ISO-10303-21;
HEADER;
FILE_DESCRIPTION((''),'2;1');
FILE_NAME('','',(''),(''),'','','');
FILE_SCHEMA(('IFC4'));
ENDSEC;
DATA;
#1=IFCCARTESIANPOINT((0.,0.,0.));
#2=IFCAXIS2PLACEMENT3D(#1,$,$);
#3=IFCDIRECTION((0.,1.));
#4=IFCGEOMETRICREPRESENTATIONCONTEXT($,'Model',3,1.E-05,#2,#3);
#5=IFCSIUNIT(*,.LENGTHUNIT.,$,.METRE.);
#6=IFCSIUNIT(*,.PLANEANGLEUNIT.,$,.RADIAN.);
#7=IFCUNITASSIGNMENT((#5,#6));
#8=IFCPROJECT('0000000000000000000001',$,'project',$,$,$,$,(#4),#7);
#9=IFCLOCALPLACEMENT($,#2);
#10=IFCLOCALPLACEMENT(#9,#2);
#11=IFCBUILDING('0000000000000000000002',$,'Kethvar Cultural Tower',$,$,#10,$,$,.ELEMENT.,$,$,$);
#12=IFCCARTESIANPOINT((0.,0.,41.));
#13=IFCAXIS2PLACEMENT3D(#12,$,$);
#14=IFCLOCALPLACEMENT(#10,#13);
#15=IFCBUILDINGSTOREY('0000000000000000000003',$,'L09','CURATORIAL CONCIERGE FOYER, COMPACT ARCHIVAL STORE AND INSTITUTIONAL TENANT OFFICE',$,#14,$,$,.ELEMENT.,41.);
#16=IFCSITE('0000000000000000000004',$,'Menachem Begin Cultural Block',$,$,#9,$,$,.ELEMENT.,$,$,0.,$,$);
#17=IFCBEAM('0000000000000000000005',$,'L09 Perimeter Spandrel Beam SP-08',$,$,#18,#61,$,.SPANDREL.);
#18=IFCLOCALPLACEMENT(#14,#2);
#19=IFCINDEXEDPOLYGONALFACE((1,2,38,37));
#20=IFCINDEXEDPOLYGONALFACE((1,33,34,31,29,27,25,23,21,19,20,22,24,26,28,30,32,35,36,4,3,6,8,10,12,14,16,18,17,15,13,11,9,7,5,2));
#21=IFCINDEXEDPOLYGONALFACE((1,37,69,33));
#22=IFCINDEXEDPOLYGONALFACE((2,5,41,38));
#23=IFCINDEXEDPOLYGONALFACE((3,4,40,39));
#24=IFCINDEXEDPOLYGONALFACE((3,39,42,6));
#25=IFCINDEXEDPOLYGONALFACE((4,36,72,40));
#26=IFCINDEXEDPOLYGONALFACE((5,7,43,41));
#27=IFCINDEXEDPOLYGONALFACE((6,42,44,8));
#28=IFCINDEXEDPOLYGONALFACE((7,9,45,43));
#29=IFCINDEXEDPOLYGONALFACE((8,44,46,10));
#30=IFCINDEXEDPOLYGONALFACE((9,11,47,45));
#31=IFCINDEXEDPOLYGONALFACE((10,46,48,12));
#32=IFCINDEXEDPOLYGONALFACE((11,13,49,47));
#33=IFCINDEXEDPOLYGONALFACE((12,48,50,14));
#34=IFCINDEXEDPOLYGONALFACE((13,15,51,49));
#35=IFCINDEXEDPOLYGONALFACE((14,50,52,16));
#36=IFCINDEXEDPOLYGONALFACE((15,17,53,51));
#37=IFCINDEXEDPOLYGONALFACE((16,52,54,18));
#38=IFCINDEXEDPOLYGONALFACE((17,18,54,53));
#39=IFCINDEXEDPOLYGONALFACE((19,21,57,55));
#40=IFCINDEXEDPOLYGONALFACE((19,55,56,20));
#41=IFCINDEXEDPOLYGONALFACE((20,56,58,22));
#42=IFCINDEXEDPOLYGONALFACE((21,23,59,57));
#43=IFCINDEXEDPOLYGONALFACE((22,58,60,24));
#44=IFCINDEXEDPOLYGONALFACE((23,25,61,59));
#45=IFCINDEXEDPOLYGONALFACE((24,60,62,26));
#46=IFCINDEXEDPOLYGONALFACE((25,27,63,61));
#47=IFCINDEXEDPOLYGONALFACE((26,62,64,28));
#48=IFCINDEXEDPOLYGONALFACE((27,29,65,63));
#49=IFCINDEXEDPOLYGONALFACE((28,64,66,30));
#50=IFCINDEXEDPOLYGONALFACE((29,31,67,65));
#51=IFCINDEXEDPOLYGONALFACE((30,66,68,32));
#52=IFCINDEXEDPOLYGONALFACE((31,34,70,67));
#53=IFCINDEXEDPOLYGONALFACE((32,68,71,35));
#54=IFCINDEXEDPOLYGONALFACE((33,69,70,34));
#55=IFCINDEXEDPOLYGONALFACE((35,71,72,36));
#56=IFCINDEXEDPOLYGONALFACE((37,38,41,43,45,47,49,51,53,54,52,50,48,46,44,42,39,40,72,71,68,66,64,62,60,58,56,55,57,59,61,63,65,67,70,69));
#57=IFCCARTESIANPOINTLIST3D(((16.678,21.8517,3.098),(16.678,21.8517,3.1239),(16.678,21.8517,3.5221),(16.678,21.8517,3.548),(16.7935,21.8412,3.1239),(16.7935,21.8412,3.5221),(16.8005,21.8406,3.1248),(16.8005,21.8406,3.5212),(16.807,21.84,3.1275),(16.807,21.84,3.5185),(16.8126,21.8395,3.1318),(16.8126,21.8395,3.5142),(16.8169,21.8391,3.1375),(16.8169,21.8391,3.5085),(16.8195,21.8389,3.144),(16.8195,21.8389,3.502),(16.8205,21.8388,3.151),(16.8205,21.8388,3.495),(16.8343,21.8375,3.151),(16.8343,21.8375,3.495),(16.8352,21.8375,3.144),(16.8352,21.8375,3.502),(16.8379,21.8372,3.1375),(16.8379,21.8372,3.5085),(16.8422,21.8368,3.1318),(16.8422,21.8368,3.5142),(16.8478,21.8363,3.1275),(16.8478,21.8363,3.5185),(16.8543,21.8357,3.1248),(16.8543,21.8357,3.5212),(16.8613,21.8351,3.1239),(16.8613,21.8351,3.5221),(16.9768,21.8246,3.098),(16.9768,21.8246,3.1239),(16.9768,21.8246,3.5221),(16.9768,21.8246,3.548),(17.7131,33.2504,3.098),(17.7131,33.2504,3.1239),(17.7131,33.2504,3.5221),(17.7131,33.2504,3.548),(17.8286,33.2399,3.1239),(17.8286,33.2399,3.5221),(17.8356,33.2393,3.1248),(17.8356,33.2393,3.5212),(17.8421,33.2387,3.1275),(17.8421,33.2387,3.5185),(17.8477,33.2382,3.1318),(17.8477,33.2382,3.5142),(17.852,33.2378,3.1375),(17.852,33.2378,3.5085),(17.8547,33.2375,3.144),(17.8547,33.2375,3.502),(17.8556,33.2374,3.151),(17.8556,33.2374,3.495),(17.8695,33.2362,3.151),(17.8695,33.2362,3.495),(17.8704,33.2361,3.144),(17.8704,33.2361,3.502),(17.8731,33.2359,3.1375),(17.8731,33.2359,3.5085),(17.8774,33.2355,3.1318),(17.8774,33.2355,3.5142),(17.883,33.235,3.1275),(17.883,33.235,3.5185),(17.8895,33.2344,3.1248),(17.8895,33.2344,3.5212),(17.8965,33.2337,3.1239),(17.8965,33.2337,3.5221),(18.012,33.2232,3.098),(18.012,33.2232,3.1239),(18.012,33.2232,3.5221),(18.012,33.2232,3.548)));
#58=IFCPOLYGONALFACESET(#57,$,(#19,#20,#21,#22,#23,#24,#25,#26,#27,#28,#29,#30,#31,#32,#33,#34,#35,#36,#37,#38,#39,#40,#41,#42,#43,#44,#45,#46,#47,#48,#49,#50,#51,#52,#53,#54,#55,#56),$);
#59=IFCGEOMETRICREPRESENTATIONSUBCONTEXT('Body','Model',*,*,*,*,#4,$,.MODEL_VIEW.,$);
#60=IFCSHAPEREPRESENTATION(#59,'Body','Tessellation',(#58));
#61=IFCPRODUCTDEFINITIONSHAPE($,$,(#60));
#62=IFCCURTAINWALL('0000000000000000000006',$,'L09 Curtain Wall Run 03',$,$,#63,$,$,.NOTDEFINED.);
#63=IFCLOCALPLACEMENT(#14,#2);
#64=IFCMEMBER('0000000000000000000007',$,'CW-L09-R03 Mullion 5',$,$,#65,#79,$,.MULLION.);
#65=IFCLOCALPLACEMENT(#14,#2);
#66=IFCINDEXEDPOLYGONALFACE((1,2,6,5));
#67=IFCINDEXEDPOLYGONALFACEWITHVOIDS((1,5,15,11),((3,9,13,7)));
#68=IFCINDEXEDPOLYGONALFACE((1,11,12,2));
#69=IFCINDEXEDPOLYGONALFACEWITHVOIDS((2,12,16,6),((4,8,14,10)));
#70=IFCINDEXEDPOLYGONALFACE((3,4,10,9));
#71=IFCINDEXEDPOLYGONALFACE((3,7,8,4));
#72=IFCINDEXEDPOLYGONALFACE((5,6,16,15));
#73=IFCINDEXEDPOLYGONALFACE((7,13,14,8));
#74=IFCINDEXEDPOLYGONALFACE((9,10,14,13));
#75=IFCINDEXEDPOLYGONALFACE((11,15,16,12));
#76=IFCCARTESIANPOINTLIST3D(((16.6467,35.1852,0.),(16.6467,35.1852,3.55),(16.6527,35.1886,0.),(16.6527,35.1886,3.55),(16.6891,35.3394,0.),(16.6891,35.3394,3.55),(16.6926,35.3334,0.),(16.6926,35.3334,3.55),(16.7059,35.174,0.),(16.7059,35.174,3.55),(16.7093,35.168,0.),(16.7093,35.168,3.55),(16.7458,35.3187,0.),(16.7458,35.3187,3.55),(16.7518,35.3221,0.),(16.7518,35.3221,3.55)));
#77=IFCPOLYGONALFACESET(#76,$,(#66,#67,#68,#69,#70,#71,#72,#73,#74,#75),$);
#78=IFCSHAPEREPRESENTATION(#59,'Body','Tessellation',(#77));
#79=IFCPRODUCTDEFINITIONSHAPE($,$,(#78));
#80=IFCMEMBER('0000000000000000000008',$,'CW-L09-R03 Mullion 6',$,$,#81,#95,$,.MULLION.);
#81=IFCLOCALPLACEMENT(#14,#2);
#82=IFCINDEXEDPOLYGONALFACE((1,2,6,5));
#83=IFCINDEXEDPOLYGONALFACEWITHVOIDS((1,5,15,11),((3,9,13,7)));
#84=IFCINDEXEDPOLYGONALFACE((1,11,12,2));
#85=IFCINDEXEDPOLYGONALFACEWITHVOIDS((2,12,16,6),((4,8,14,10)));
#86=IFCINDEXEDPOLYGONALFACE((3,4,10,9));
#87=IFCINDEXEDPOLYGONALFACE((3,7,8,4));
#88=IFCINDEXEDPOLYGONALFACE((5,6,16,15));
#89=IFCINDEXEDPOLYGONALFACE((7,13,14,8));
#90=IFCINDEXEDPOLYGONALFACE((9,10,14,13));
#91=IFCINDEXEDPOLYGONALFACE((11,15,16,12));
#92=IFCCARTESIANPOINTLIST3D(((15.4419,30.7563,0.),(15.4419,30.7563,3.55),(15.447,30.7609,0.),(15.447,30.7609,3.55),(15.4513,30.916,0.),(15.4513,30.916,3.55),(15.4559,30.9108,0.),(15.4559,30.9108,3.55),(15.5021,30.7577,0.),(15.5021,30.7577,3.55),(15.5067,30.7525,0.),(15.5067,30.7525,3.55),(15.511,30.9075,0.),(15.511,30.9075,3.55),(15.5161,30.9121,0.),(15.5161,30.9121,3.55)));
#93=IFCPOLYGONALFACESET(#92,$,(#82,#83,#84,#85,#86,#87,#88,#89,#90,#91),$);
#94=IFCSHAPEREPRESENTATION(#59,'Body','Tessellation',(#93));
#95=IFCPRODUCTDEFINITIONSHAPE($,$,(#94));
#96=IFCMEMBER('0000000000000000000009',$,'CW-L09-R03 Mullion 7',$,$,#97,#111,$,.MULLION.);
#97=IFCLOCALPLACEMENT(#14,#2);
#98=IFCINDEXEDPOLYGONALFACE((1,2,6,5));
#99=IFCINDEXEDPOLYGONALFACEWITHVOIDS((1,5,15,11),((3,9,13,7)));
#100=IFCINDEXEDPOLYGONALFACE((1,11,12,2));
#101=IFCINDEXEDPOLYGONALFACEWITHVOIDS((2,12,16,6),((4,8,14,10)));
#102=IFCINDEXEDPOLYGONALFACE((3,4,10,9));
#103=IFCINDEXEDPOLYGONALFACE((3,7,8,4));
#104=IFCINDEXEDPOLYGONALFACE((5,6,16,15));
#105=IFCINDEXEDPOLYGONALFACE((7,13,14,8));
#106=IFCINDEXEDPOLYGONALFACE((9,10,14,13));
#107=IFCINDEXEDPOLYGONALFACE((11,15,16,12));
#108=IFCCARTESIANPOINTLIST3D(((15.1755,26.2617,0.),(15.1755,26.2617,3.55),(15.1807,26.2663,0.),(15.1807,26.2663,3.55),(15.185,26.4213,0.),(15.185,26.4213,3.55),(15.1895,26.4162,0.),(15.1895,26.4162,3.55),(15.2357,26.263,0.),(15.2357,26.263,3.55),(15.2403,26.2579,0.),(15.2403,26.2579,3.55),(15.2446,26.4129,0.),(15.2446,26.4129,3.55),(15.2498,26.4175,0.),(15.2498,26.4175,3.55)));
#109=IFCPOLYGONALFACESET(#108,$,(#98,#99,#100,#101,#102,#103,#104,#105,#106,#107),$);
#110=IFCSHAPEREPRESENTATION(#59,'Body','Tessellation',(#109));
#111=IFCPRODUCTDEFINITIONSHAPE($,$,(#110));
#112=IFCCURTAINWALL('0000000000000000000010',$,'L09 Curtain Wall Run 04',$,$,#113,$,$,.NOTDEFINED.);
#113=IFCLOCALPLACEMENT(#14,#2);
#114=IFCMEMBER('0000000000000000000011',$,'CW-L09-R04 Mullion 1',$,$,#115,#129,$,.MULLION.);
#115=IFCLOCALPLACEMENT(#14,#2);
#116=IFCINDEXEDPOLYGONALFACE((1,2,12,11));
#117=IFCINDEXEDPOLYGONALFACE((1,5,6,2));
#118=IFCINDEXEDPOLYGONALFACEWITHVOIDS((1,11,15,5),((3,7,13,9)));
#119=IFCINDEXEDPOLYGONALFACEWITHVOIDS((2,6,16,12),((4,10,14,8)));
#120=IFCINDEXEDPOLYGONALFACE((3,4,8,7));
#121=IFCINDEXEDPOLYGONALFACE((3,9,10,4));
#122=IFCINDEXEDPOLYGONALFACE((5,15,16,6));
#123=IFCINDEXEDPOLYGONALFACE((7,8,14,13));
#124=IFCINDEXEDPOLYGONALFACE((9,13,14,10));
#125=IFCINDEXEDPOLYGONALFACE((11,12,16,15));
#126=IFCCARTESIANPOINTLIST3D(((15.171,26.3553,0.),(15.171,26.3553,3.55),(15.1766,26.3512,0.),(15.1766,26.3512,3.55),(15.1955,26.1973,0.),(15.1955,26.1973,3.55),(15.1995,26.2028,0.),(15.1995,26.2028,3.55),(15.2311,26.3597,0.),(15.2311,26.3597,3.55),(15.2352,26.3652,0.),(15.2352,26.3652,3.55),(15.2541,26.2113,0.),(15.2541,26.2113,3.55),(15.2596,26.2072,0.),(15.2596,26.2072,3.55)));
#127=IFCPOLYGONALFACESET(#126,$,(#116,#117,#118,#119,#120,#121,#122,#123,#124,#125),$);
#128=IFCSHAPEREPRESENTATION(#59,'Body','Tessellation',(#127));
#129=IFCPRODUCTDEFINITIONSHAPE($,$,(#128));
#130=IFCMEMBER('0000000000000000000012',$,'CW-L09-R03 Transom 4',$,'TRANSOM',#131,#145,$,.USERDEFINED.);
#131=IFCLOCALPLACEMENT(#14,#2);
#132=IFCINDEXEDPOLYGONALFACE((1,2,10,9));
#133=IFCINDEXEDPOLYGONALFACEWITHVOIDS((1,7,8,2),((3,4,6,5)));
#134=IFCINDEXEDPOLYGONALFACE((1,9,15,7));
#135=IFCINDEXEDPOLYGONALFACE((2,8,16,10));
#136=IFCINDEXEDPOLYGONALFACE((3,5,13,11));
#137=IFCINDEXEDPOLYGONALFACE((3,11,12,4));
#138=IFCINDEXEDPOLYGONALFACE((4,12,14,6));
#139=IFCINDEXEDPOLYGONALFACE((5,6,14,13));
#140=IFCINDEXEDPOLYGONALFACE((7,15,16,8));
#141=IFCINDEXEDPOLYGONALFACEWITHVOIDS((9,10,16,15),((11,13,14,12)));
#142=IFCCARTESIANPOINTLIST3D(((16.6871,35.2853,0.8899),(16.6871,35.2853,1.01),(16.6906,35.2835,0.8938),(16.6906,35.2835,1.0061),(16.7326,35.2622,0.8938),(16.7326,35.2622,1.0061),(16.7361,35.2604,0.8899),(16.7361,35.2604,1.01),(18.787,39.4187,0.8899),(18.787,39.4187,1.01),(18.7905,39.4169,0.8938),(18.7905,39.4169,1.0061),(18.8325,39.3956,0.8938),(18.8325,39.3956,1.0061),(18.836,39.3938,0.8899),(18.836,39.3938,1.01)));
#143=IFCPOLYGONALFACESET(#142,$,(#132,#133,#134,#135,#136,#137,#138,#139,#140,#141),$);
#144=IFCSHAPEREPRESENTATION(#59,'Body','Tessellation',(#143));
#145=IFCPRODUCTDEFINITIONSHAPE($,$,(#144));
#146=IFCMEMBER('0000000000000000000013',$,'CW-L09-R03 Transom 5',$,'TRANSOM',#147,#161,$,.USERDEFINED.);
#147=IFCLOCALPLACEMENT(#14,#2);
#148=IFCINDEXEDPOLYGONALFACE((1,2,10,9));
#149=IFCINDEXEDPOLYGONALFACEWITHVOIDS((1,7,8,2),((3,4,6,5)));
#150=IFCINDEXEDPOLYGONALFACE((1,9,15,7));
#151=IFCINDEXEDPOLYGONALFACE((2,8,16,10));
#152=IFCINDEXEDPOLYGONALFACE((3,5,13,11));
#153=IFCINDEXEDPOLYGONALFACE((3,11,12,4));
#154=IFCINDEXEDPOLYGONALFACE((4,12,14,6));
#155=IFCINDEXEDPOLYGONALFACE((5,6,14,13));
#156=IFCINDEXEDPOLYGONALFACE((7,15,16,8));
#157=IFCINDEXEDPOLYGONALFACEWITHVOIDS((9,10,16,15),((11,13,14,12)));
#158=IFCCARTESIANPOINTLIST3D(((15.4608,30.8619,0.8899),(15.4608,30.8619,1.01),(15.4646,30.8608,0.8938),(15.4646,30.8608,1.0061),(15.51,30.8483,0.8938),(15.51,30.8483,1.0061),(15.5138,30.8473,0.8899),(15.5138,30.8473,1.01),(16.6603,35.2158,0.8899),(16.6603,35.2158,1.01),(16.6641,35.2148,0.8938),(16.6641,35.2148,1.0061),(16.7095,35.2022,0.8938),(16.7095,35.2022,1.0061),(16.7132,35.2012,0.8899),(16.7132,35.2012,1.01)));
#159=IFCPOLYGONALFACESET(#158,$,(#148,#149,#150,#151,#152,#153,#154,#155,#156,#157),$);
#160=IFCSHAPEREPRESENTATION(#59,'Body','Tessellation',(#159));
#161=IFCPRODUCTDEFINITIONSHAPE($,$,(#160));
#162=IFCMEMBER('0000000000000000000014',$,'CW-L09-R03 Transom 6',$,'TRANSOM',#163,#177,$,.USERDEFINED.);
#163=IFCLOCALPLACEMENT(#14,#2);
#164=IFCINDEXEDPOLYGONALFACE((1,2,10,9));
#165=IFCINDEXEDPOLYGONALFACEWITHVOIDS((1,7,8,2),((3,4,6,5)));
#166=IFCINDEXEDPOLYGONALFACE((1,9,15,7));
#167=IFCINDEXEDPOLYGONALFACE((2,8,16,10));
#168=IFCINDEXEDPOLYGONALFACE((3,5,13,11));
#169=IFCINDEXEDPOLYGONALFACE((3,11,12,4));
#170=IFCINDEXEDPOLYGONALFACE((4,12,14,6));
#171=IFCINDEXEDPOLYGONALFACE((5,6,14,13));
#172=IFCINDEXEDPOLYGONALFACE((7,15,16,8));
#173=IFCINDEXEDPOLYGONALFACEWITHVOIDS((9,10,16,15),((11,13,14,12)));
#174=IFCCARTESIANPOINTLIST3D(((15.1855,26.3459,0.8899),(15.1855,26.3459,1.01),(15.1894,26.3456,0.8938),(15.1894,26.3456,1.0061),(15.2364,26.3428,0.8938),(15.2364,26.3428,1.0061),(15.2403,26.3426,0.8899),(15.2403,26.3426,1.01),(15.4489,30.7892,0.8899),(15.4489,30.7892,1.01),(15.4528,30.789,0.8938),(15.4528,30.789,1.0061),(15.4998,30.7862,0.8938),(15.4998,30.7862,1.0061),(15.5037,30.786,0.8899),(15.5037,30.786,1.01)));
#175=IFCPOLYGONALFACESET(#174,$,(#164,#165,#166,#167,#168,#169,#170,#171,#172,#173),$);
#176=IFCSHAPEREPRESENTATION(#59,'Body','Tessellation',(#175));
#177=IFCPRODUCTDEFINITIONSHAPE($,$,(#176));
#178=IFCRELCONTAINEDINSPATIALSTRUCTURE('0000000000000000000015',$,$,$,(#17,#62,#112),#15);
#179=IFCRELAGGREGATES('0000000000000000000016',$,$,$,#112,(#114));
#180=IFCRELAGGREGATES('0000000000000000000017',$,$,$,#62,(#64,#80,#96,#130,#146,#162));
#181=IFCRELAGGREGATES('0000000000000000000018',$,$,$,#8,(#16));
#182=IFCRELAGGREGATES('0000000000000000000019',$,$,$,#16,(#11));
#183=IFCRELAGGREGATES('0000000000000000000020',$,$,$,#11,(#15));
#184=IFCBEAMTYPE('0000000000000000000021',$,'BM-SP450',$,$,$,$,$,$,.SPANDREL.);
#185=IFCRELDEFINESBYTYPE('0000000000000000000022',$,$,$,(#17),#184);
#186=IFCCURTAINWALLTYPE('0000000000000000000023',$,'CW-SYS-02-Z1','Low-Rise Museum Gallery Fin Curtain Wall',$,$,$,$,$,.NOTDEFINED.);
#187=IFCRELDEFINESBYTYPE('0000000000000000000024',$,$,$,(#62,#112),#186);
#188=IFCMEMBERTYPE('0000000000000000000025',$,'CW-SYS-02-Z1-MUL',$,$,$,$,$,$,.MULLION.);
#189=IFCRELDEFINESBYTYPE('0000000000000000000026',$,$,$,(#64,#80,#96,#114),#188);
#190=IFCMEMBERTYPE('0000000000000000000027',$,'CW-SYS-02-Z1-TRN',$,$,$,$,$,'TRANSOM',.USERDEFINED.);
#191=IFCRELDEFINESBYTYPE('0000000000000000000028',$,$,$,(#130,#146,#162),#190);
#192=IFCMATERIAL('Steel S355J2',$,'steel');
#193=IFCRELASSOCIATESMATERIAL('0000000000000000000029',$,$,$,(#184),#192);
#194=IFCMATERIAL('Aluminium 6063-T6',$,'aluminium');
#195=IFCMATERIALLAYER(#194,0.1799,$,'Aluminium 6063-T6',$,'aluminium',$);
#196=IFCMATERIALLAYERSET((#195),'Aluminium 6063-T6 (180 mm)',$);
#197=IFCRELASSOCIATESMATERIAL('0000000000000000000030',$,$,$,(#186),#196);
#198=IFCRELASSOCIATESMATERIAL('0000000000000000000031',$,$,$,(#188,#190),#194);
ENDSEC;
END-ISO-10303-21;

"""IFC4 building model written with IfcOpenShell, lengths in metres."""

from ifc_helpers import new_model, si_unit, direction, frame, origin, origin_2d, place, context, subcontext, project, spatial, hollow_rectangle, i_section, extrude, source, transform, mapped, material, layer, layer_set, material_profile, profile_set, type_object, element, aggregate, save


model = new_model("IFC4")

# Units and contexts
model_context = context("Model", 3, precision=1e-05, world=origin(), true_north=direction((0.0, 1.0)))
body_context = subcontext(model_context, "Body", "Model", "MODEL_VIEW")
ifc_project = project(units=[si_unit("LENGTHUNIT", "METRE"), si_unit("PLANEANGLEUNIT", "RADIAN")], contexts=[model_context])

# Site, building, storey
site_placement = place(None, origin())
site = spatial("IfcSite", under=ifc_project, at=site_placement, Name="Menachem Begin Cultural Block", CompositionType="ELEMENT", RefElevation=0.0)
building_placement = place(site_placement, origin())
building = spatial("IfcBuilding", under=site, at=building_placement, Name="Kethvar Cultural Tower", CompositionType="ELEMENT")
storey_placement = place(building_placement, frame((0.0, 0.0, 41.0)))
storey = spatial("IfcBuildingStorey", under=building, at=storey_placement, Name="L09", Description="CURATORIAL CONCIERGE FOYER, COMPACT ARCHIVAL STORE AND INSTITUTIONAL TENANT OFFICE", CompositionType="ELEMENT", Elevation=41.0)

# Beam
ifc_material_1 = material(Name="Steel S355J2", Category="steel")
ifc_material_profile_1 = material_profile(ifc_material_1, i_section(OverallWidth=0.3, OverallDepth=0.45, WebThickness=0.0139, FlangeThickness=0.0259, FilletRadius=0.0271, at=origin_2d()), Name="Steel S355J2 — HEB450")
ifc_profile_set_1 = profile_set([ifc_material_profile_1], Name="Steel S355J2 — HEB450")
beam_type_1 = type_object("IfcBeamType", Name="BM-SP450", PredefinedType="SPANDREL", material=ifc_profile_set_1)
shared_shape_1 = source(origin(), body_context, "Body", "SweptSolid", [
    extrude(i_section(OverallWidth=0.3, OverallDepth=0.45, WebThickness=0.0139, FlangeThickness=0.0259, FilletRadius=0.0271, at=origin_2d()), origin(), (0.0, 0.0, 1.0), 11.4456),
])
beam_1_placement = place(storey_placement, frame((17.8625, 33.2368, 3.323), z_axis=(-0.090442, -0.995902, 0.0), x_axis=(0.995902, -0.090442, 0.0)))
element("IfcBeam", 1, at=beam_1_placement, inside=storey, type_object=beam_type_1, Name="L09 Perimeter Spandrel Beam SP-08", PredefinedType="SPANDREL", context=body_context, shape_type="MappedRepresentation", body=[
    mapped(shared_shape_1, transform((0.0, 0.0, 0.0), scale=1.0)),
])

# Curtain wall, members
ifc_material_2 = material(Name="Aluminium 6063-T6", Category="aluminium")
ifc_layer_1 = layer(ifc_material_2, 0.1799, Name="Aluminium 6063-T6", Category="aluminium")
ifc_layer_set_1 = layer_set([ifc_layer_1], Name="Aluminium 6063-T6 (180 mm)")
curtain_wall_type = type_object("IfcCurtainWallType", Name="CW-SYS-02-Z1", Description="Low-Rise Museum Gallery Fin Curtain Wall", PredefinedType="NOTDEFINED", material=ifc_layer_set_1)
curtain_wall_1_placement = place(storey_placement, origin())
curtain_wall_1 = element("IfcCurtainWall", 2, at=curtain_wall_1_placement, inside=storey, type_object=curtain_wall_type, Name="L09 Curtain Wall Run 03", PredefinedType="NOTDEFINED")
ifc_material_profile_2 = material_profile(ifc_material_2, hollow_rectangle(XDim=0.0649, YDim=0.1599, WallThickness=0.0049, at=origin_2d()), Name="Aluminium 6063-T6 — RHS160x65x5")
ifc_profile_set_2 = profile_set([ifc_material_profile_2], Name="Aluminium 6063-T6 — RHS160x65x5")
member_type_1 = type_object("IfcMemberType", Name="CW-SYS-02-Z1-MUL", PredefinedType="MULLION", material=ifc_profile_set_2)
shared_shape_2 = source(origin(), body_context, "Body", "SweptSolid", [
    extrude(hollow_rectangle(XDim=0.0649, YDim=0.1599, WallThickness=0.0049, at=origin_2d()), origin(), (0.0, 0.0, 1.0), 3.55),
])
member_1_placement = place(storey_placement, frame((16.6992, 35.2537, 0.0), z_axis=(0.0, 0.0, 1.0), x_axis=(0.964091, -0.265573, 0.0)))
member_1 = element("IfcMember", 3, at=member_1_placement, type_object=member_type_1, Name="CW-L09-R03 Mullion 5", PredefinedType="MULLION", context=body_context, shape_type="MappedRepresentation", body=[
    mapped(shared_shape_2, transform((0.0, 0.0, 0.0), scale=1.0)),
])
member_2_placement = place(storey_placement, frame((15.479, 30.8342, 0.0), z_axis=(0.0, 0.0, 1.0), x_axis=(0.998248, -0.059167, 0.0)))
member_2 = element("IfcMember", 4, at=member_2_placement, type_object=member_type_1, Name="CW-L09-R03 Mullion 6", PredefinedType="MULLION", context=body_context, shape_type="MappedRepresentation", body=[
    mapped(shared_shape_2, transform((0.0, 0.0, 0.0), scale=1.0)),
])
member_3_placement = place(storey_placement, frame((15.2126, 26.3396, 0.0), z_axis=(0.0, 0.0, 1.0), x_axis=(0.998248, -0.059167, 0.0)))
member_3 = element("IfcMember", 5, at=member_3_placement, type_object=member_type_1, Name="CW-L09-R03 Mullion 7", PredefinedType="MULLION", context=body_context, shape_type="MappedRepresentation", body=[
    mapped(shared_shape_2, transform((0.0, 0.0, 0.0), scale=1.0)),
])

# Curtain wall, member
curtain_wall_2_placement = place(storey_placement, origin())
curtain_wall_2 = element("IfcCurtainWall", 6, at=curtain_wall_2_placement, inside=storey, type_object=curtain_wall_type, Name="L09 Curtain Wall Run 04", PredefinedType="NOTDEFINED")
member_4_placement = place(storey_placement, frame((15.2153, 26.2812, 0.0), z_axis=(0.0, 0.0, 1.0), x_axis=(0.98825, 0.152848, 0.0)))
member_4 = element("IfcMember", 7, at=member_4_placement, type_object=member_type_1, Name="CW-L09-R04 Mullion 1", PredefinedType="MULLION", context=body_context, shape_type="MappedRepresentation", body=[
    mapped(shared_shape_2, transform((0.0, 0.0, 0.0), scale=1.0)),
])

# Members
ifc_material_profile_3 = material_profile(ifc_material_2, hollow_rectangle(XDim=0.0549, YDim=0.1201, WallThickness=0.0039, at=origin_2d()), Name="Aluminium 6063-T6 — RHS120x55x4")
ifc_profile_set_3 = profile_set([ifc_material_profile_3], Name="Aluminium 6063-T6 — RHS120x55x4")
member_type_2 = type_object("IfcMemberType", Name="CW-SYS-02-Z1-TRN", ElementType="TRANSOM", PredefinedType="USERDEFINED", material=ifc_profile_set_3)
shared_shape_3 = source(origin(), body_context, "Body", "SweptSolid", [
    extrude(hollow_rectangle(XDim=0.0549, YDim=0.1201, WallThickness=0.0039, at=origin_2d()), origin(), (0.0, 0.0, 1.0), 4.6362),
])
member_5_placement = place(storey_placement, frame((18.8115, 39.4062, 0.95), z_axis=(-0.452934, -0.891544, 0.0), x_axis=(0.891544, -0.452934, 0.0)))
member_5 = element("IfcMember", 8, at=member_5_placement, type_object=member_type_2, Name="CW-L09-R03 Transom 4", ObjectType="TRANSOM", PredefinedType="USERDEFINED", context=body_context, shape_type="MappedRepresentation", body=[
    mapped(shared_shape_3, transform((0.0, 0.0, 0.0), scale=1.0)),
])
shared_shape_4 = source(origin(), body_context, "Body", "SweptSolid", [
    extrude(hollow_rectangle(XDim=0.0549, YDim=0.1201, WallThickness=0.0039, at=origin_2d()), origin(), (0.0, 0.0, 1.0), 4.5161),
])
member_6_placement = place(storey_placement, frame((16.6868, 35.2085, 0.95), z_axis=(-0.265591, -0.964086, 0.0), x_axis=(0.964086, -0.265591, 0.0)))
member_6 = element("IfcMember", 9, at=member_6_placement, type_object=member_type_2, Name="CW-L09-R03 Transom 5", ObjectType="TRANSOM", PredefinedType="USERDEFINED", context=body_context, shape_type="MappedRepresentation", body=[
    mapped(shared_shape_4, transform((0.0, 0.0, 0.0), scale=1.0)),
])
shared_shape_5 = source(origin(), body_context, "Body", "SweptSolid", [
    extrude(hollow_rectangle(XDim=0.0549, YDim=0.1201, WallThickness=0.0039, at=origin_2d()), origin(), (0.0, 0.0, 1.0), 4.4512),
])
member_7_placement = place(storey_placement, frame((15.4763, 30.7876, 0.95), z_axis=(-0.059182, -0.998247, 0.0), x_axis=(0.998247, -0.059182, 0.0)))
member_7 = element("IfcMember", 10, at=member_7_placement, type_object=member_type_2, Name="CW-L09-R03 Transom 6", ObjectType="TRANSOM", PredefinedType="USERDEFINED", context=body_context, shape_type="MappedRepresentation", body=[
    mapped(shared_shape_5, transform((0.0, 0.0, 0.0), scale=1.0)),
])
aggregate(curtain_wall_2, [member_4])

aggregate(curtain_wall_1, [member_1, member_2, member_3, member_5, member_6, member_7])

save(model, "model.ifc")
